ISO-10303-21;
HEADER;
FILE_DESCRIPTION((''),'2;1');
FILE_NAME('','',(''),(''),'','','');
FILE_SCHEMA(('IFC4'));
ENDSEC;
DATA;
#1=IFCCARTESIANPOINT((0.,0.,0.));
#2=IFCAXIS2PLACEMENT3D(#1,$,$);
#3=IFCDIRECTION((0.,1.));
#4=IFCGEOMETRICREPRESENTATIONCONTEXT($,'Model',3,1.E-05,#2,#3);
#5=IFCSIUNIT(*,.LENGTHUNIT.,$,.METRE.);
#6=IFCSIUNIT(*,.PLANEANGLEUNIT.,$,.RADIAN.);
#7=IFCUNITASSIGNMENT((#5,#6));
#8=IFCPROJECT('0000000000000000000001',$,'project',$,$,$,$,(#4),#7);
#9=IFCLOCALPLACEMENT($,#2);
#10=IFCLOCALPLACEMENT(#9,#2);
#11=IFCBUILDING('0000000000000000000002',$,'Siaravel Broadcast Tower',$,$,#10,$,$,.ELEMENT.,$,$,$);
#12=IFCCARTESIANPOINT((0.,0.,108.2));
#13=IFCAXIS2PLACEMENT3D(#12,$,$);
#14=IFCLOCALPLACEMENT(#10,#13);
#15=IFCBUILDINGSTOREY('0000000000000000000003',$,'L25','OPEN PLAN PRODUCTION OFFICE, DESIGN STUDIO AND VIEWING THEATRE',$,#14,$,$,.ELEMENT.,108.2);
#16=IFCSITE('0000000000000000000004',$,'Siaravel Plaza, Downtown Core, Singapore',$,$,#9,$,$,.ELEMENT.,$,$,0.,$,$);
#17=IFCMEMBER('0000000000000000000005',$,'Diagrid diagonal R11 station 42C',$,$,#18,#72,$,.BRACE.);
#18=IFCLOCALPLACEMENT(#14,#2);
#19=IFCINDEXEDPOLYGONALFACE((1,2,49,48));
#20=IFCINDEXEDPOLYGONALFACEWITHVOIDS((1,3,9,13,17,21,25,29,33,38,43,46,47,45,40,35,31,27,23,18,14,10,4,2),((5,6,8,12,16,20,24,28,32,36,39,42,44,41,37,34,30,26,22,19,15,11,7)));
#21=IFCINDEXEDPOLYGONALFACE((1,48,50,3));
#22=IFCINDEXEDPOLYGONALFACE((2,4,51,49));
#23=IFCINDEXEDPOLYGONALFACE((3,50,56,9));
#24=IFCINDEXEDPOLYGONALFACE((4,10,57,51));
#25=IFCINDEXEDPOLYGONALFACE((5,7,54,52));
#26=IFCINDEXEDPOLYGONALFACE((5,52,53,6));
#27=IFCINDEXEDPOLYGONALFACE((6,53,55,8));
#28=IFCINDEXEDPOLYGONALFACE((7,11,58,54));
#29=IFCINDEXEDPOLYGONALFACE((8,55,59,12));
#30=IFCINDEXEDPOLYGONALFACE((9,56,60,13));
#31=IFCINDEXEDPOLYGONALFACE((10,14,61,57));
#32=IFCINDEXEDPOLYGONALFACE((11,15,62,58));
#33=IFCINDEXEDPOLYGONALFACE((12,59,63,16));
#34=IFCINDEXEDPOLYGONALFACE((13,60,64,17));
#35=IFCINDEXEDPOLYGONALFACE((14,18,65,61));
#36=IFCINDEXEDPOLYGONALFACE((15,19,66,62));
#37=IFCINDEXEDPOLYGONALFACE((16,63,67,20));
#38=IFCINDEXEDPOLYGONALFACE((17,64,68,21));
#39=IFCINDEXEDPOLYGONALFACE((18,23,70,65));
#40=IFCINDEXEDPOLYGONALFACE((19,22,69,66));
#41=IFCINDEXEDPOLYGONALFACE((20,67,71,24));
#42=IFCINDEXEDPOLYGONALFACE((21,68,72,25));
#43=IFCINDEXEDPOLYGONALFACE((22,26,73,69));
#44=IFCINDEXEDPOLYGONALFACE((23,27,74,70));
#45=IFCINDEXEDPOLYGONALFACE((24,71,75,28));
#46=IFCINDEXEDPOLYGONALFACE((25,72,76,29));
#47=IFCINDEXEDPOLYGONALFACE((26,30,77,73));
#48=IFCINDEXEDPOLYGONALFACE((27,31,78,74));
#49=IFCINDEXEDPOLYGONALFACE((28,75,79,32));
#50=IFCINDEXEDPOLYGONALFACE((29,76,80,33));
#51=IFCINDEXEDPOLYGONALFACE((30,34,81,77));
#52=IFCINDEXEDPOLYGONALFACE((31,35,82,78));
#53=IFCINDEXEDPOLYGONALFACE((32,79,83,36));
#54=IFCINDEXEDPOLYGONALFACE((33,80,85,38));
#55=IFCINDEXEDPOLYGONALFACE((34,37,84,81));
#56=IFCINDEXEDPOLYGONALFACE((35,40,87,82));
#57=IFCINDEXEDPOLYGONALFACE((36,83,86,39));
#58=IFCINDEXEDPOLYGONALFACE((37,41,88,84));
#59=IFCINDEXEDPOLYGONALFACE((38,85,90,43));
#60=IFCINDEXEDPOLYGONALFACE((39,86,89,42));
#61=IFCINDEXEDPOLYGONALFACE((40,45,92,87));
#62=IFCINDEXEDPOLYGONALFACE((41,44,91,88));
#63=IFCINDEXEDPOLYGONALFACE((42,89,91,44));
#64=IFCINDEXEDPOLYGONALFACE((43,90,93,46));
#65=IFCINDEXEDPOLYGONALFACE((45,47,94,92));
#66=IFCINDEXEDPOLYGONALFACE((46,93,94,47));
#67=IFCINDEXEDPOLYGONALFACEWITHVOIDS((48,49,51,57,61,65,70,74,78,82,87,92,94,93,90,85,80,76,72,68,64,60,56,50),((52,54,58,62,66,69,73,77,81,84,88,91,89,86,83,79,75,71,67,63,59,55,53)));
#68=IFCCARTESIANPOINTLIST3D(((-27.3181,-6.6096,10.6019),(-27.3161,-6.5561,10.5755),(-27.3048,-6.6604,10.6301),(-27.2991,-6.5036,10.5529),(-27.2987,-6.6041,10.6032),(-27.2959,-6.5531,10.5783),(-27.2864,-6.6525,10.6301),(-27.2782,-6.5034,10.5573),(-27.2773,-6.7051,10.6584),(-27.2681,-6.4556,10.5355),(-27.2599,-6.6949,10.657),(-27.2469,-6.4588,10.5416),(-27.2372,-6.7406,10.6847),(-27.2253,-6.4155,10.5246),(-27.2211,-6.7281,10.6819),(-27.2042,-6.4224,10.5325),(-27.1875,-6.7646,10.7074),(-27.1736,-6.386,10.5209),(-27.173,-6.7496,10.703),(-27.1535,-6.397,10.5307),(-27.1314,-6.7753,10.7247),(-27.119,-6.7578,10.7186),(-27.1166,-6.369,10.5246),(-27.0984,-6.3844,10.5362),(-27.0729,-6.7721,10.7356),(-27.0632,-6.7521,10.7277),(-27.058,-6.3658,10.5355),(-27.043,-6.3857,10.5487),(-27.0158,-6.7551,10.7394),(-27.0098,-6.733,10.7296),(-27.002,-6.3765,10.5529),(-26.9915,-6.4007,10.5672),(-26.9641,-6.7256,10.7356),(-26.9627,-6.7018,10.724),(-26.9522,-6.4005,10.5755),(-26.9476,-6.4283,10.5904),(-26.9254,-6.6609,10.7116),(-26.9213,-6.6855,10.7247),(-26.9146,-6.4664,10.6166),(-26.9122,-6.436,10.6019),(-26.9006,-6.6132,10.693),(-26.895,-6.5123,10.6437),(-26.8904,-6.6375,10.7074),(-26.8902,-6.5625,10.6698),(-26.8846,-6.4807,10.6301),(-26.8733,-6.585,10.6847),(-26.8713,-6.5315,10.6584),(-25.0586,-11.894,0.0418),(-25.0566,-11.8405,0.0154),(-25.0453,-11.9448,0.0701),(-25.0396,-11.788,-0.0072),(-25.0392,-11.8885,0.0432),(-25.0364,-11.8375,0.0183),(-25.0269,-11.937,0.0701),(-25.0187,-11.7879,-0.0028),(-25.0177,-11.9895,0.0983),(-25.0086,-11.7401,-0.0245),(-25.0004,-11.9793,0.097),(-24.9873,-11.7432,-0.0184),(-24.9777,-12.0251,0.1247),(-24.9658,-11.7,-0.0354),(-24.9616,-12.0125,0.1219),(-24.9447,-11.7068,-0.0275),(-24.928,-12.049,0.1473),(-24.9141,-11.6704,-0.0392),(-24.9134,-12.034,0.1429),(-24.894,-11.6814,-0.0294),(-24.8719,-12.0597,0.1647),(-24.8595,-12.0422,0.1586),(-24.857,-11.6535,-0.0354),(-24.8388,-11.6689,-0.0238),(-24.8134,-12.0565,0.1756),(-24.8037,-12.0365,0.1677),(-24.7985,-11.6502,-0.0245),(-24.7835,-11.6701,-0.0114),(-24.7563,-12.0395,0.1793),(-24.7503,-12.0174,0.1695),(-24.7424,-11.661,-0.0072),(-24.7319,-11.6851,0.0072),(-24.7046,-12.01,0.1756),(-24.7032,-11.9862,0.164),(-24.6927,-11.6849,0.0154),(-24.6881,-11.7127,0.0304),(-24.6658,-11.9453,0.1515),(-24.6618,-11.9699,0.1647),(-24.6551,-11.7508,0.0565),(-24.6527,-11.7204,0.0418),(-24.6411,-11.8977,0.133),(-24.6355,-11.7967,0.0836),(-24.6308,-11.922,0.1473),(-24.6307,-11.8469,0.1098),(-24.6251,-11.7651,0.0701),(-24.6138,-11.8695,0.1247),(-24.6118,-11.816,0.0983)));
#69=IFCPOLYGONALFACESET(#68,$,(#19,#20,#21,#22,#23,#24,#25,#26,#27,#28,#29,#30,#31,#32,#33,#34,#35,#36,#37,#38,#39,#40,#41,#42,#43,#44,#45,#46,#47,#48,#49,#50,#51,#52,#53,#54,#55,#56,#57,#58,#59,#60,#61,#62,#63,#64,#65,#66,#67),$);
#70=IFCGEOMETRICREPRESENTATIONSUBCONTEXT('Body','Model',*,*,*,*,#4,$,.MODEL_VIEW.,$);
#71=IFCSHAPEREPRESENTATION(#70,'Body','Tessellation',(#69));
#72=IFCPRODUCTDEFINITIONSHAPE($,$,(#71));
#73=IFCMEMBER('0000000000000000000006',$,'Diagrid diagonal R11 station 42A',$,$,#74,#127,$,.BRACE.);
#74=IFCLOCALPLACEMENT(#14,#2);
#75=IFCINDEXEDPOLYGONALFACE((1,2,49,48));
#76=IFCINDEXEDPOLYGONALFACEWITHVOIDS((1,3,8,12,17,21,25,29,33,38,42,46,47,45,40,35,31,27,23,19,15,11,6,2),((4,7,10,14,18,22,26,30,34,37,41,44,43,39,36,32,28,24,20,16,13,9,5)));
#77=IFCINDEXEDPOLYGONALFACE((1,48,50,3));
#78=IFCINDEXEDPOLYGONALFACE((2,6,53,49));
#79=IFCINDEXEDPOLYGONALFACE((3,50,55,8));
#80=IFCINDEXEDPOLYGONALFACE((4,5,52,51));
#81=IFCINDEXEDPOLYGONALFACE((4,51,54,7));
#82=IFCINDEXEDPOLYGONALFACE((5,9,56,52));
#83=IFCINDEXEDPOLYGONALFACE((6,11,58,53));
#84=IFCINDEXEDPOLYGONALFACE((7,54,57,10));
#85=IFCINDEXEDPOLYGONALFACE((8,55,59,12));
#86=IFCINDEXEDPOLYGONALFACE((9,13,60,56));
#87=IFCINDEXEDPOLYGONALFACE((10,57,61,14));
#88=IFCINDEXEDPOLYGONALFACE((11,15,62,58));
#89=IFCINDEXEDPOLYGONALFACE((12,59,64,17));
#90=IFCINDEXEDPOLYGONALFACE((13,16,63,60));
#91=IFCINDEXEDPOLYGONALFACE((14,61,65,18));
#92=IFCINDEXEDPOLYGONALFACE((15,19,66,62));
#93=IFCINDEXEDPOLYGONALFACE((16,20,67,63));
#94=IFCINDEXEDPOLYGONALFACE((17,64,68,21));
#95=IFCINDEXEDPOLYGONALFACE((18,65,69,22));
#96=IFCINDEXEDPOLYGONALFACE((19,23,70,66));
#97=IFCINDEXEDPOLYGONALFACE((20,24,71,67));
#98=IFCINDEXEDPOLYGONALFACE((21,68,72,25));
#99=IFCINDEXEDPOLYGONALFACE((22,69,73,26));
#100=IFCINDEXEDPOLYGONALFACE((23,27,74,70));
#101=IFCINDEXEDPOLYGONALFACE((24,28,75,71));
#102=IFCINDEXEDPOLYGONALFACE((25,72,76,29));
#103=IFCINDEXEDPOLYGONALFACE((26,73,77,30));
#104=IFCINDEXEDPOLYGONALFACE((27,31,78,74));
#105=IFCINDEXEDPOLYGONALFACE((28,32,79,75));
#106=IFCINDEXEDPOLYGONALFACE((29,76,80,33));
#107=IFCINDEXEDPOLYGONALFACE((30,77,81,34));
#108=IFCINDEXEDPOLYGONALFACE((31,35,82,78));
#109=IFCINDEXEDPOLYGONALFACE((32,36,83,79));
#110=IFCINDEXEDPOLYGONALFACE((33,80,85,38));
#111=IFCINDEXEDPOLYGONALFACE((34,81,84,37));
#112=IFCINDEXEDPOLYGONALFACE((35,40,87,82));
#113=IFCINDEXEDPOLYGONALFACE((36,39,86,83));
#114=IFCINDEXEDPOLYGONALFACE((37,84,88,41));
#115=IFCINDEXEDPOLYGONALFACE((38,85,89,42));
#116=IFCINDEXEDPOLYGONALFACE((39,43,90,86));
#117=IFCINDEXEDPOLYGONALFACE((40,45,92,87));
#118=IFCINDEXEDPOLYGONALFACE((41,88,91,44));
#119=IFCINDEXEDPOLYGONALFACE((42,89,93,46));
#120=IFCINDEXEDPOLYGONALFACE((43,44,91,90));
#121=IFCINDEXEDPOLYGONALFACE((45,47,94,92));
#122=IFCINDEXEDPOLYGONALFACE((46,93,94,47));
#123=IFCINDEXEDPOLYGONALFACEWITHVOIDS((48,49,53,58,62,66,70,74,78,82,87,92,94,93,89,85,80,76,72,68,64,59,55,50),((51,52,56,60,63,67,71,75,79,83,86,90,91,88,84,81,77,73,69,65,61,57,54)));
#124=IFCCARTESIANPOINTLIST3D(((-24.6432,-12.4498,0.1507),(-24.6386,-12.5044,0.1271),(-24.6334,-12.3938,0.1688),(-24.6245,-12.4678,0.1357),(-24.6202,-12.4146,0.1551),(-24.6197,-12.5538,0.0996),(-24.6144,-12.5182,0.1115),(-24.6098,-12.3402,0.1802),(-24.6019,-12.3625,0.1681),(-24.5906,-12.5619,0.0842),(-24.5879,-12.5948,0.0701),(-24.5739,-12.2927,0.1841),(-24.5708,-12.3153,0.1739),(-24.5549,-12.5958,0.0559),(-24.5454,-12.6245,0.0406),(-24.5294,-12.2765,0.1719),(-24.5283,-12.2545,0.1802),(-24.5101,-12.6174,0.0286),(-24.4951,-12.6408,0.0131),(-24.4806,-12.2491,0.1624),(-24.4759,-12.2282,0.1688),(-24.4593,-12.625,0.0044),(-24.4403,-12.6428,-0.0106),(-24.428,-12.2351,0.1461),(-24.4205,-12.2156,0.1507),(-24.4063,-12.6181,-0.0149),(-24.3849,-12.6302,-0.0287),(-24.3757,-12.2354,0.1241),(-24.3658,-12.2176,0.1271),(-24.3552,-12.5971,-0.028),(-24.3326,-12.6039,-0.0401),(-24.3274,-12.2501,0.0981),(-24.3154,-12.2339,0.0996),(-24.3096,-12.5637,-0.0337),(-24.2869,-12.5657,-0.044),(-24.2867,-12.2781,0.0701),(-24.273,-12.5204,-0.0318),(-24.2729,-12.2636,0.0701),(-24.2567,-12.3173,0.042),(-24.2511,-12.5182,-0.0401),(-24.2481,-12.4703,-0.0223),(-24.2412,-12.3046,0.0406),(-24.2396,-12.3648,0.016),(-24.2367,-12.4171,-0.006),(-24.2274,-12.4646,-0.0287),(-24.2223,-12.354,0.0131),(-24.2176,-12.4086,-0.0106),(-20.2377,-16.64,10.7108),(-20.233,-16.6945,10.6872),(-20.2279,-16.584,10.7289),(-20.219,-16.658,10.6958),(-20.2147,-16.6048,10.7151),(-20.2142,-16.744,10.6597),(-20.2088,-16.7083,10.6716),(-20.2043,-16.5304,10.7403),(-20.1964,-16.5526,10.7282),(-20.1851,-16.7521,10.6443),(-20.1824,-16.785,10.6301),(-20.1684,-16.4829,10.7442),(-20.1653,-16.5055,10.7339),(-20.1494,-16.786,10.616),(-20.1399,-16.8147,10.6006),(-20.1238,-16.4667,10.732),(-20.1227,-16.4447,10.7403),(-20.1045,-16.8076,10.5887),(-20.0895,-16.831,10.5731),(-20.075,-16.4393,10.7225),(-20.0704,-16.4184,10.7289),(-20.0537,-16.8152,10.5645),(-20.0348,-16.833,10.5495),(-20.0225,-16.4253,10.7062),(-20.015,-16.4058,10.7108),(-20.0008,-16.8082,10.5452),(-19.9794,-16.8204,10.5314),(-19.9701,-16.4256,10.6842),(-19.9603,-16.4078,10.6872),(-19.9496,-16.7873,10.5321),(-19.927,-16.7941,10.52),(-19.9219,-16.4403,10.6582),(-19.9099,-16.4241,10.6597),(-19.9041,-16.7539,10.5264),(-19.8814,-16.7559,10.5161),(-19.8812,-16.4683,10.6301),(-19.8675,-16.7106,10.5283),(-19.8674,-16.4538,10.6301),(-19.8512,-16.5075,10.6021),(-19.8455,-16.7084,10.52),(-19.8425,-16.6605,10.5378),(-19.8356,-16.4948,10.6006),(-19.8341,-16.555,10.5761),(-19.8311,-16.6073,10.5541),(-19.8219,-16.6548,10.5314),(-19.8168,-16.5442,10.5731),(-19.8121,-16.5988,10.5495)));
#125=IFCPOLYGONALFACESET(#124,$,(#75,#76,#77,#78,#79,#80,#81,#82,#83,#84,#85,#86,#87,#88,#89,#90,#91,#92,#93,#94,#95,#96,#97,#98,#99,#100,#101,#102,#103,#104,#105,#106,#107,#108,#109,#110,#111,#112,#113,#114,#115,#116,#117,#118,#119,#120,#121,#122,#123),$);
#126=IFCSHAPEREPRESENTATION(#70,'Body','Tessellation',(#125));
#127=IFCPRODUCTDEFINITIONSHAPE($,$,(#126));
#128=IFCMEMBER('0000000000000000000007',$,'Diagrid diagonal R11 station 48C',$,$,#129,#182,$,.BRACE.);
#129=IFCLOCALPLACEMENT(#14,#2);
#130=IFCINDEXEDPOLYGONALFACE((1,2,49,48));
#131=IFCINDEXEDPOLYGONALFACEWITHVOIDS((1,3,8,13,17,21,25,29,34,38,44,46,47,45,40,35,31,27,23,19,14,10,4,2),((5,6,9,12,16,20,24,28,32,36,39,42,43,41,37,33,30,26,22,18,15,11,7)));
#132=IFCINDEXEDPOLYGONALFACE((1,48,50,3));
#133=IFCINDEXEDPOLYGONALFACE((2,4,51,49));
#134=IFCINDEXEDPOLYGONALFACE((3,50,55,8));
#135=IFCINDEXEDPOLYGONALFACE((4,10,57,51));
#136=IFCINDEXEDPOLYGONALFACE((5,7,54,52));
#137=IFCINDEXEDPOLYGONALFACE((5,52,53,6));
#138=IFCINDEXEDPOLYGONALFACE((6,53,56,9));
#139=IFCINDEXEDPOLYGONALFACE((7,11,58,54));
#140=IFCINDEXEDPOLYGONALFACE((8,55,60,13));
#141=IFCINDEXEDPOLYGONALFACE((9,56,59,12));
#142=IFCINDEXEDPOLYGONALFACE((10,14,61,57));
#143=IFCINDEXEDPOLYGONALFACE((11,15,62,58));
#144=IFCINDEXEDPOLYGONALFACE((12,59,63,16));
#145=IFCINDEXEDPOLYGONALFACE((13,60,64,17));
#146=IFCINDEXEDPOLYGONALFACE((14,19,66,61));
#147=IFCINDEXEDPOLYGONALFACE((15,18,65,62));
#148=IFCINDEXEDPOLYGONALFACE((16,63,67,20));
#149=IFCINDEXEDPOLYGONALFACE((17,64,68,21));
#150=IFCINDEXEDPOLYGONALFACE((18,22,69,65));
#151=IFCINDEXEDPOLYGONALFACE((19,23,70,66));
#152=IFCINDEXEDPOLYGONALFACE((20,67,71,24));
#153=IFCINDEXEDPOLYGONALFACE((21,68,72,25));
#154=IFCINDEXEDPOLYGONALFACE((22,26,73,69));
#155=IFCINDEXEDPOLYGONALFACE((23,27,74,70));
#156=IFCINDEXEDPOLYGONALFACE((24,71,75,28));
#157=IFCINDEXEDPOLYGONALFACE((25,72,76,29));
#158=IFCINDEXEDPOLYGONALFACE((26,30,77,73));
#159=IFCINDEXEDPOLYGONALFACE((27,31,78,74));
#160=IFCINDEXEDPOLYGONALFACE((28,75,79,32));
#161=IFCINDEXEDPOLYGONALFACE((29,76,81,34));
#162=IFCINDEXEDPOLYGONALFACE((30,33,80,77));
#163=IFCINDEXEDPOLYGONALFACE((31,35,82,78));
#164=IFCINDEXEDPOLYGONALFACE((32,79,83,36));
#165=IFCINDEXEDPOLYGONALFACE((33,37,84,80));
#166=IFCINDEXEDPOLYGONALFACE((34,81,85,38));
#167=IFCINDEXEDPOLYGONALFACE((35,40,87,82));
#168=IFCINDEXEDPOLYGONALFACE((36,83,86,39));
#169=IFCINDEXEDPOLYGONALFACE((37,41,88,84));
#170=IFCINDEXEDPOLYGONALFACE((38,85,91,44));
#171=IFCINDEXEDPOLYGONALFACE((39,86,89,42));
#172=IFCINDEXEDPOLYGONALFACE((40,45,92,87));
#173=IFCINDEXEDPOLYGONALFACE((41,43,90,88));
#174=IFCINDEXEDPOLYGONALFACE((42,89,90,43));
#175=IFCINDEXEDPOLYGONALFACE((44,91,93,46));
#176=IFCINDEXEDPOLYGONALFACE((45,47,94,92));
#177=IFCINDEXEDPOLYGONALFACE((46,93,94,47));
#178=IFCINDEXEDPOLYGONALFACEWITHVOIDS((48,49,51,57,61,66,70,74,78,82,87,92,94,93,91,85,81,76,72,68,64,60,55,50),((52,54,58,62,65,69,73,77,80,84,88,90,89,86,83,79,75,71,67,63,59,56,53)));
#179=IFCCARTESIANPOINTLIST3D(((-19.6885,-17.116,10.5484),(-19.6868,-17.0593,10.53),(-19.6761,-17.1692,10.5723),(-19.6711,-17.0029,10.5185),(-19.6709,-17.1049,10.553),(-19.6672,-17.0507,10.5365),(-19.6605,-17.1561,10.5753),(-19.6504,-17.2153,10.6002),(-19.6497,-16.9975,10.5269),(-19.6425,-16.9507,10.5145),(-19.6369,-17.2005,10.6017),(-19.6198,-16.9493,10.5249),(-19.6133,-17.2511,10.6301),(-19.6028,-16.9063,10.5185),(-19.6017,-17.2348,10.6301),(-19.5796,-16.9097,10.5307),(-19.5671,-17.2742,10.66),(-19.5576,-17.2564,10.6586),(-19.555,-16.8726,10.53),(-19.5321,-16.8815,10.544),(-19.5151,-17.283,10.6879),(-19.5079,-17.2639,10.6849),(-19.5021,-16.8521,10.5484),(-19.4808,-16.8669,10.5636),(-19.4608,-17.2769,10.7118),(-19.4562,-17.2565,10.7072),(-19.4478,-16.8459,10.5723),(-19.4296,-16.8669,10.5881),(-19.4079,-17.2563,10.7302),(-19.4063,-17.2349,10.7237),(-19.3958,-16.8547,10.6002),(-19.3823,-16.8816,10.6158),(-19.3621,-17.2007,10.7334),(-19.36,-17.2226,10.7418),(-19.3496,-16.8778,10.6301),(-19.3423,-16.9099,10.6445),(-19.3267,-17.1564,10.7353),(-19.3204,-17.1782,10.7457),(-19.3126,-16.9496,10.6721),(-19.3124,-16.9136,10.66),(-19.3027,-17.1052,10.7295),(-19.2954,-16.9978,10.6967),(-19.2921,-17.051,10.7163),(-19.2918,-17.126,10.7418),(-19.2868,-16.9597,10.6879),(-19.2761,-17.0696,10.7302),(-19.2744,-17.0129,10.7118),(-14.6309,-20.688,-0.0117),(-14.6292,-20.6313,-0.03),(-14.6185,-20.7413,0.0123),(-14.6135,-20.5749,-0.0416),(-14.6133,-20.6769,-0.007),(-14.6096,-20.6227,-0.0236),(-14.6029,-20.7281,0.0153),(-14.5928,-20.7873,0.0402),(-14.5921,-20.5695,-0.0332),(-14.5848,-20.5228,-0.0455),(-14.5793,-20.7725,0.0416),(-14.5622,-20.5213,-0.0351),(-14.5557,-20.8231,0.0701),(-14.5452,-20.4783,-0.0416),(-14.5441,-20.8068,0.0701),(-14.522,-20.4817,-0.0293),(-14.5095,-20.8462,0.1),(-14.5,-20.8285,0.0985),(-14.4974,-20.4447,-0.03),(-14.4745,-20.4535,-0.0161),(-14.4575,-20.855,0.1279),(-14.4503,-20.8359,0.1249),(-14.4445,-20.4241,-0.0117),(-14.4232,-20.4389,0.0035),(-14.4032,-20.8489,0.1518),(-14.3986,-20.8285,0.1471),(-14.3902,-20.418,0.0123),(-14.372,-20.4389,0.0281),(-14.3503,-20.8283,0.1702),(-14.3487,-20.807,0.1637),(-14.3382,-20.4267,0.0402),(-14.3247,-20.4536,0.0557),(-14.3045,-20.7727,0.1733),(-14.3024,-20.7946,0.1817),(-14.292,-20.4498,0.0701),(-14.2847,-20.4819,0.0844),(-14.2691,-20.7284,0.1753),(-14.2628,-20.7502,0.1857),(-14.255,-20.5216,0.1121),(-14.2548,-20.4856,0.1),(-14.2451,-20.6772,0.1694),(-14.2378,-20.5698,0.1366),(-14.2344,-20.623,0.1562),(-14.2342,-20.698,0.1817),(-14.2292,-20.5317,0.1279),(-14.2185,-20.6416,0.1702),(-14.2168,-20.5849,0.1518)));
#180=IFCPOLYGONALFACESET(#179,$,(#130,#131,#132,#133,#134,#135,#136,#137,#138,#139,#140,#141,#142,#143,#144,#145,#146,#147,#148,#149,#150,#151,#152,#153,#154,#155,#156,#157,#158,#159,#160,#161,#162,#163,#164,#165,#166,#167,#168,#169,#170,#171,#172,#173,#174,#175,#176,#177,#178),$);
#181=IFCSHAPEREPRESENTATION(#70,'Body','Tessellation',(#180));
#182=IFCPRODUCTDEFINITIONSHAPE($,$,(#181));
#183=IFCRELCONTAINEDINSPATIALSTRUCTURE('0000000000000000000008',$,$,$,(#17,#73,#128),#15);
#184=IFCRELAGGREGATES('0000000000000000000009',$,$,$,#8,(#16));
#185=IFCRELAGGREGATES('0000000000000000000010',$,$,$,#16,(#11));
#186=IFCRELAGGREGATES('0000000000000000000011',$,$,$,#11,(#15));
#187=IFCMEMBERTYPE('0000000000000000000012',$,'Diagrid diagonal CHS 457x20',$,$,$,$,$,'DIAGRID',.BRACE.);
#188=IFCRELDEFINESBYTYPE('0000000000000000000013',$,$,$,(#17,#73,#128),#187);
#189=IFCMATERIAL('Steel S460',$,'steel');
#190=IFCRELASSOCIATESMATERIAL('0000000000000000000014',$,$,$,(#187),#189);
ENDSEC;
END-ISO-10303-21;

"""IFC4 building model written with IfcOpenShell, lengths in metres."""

from ifc_helpers import new_model, si_unit, direction, frame, origin, origin_2d, place, context, subcontext, project, spatial, hollow_circle, extrude, material, material_profile, profile_set, type_object, element, save


model = new_model("IFC4")

# Units and contexts
model_context = context("Model", 3, precision=1e-05, world=origin(), true_north=direction((0.0, 1.0)))
body_context = subcontext(model_context, "Body", "Model", "MODEL_VIEW")
ifc_project = project(units=[si_unit("LENGTHUNIT", "METRE"), si_unit("PLANEANGLEUNIT", "RADIAN")], contexts=[model_context])

# Site, building, storey
site_placement = place(None, origin())
site = spatial("IfcSite", under=ifc_project, at=site_placement, Name="Siaravel Plaza, Downtown Core, Singapore", CompositionType="ELEMENT", RefElevation=0.0)
building_placement = place(site_placement, origin())
building = spatial("IfcBuilding", under=site, at=building_placement, Name="Siaravel Broadcast Tower", CompositionType="ELEMENT")
storey_placement = place(building_placement, frame((0.0, 0.0, 108.2)))
storey = spatial("IfcBuildingStorey", under=building, at=storey_placement, Name="L25", Description="OPEN PLAN PRODUCTION OFFICE, DESIGN STUDIO AND VIEWING THEATRE", CompositionType="ELEMENT", Elevation=108.2)

# Members
ifc_material_1 = material(Name="Steel S460", Category="steel")
ifc_material_profile_1 = material_profile(ifc_material_1, hollow_circle(Radius=0.2285, WallThickness=0.02, at=origin_2d()))
ifc_profile_set_1 = profile_set([ifc_material_profile_1], Name="Steel S460")
member_type_1 = type_object("IfcMemberType", Name="Diagrid diagonal CHS 457x20", ElementType="DIAGRID", PredefinedType="BRACE", material=ifc_profile_set_1)
member_1_placement = place(storey_placement, frame((-24.8352, -11.855, 0.0701), z_axis=(-0.187938, 0.439537, 0.878343), x_axis=(-0.919474, -0.39315, 0.0)))
element("IfcMember", 1, at=member_1_placement, inside=storey, type_object=member_type_1, Name="Diagrid diagonal R11 station 42C", PredefinedType="BRACE", context=body_context, shape_type="SweptSolid", body=[
    extrude(hollow_circle(Radius=0.2285, WallThickness=0.02, at=origin_2d()), origin(), (0.0, 0.0, 1.0), 12.0227),
])
member_2_placement = place(storey_placement, frame((-24.4304, -12.4292, 0.0701), z_axis=(0.361544, -0.343873, 0.866624), x_axis=(0.689177, 0.724593, 0.0)))
element("IfcMember", 2, at=member_2_placement, inside=storey, type_object=member_type_1, Name="Diagrid diagonal R11 station 42A", PredefinedType="BRACE", context=body_context, shape_type="SweptSolid", body=[
    extrude(hollow_circle(Radius=0.2285, WallThickness=0.02, at=origin_2d()), origin(), (0.0, 0.0, 1.0), 12.1853),
])
member_3_placement = place(storey_placement, frame((-14.4238, -20.6365, 0.0701), z_axis=(-0.413154, 0.291797, 0.862646), x_axis=(-0.576892, -0.81682, 0.0)))
element("IfcMember", 3, at=member_3_placement, inside=storey, type_object=member_type_1, Name="Diagrid diagonal R11 station 48C", PredefinedType="BRACE", context=body_context, shape_type="SweptSolid", body=[
    extrude(hollow_circle(Radius=0.2285, WallThickness=0.02, at=origin_2d()), origin(), (0.0, 0.0, 1.0), 12.2415),
])

save(model, "model.ifc")
